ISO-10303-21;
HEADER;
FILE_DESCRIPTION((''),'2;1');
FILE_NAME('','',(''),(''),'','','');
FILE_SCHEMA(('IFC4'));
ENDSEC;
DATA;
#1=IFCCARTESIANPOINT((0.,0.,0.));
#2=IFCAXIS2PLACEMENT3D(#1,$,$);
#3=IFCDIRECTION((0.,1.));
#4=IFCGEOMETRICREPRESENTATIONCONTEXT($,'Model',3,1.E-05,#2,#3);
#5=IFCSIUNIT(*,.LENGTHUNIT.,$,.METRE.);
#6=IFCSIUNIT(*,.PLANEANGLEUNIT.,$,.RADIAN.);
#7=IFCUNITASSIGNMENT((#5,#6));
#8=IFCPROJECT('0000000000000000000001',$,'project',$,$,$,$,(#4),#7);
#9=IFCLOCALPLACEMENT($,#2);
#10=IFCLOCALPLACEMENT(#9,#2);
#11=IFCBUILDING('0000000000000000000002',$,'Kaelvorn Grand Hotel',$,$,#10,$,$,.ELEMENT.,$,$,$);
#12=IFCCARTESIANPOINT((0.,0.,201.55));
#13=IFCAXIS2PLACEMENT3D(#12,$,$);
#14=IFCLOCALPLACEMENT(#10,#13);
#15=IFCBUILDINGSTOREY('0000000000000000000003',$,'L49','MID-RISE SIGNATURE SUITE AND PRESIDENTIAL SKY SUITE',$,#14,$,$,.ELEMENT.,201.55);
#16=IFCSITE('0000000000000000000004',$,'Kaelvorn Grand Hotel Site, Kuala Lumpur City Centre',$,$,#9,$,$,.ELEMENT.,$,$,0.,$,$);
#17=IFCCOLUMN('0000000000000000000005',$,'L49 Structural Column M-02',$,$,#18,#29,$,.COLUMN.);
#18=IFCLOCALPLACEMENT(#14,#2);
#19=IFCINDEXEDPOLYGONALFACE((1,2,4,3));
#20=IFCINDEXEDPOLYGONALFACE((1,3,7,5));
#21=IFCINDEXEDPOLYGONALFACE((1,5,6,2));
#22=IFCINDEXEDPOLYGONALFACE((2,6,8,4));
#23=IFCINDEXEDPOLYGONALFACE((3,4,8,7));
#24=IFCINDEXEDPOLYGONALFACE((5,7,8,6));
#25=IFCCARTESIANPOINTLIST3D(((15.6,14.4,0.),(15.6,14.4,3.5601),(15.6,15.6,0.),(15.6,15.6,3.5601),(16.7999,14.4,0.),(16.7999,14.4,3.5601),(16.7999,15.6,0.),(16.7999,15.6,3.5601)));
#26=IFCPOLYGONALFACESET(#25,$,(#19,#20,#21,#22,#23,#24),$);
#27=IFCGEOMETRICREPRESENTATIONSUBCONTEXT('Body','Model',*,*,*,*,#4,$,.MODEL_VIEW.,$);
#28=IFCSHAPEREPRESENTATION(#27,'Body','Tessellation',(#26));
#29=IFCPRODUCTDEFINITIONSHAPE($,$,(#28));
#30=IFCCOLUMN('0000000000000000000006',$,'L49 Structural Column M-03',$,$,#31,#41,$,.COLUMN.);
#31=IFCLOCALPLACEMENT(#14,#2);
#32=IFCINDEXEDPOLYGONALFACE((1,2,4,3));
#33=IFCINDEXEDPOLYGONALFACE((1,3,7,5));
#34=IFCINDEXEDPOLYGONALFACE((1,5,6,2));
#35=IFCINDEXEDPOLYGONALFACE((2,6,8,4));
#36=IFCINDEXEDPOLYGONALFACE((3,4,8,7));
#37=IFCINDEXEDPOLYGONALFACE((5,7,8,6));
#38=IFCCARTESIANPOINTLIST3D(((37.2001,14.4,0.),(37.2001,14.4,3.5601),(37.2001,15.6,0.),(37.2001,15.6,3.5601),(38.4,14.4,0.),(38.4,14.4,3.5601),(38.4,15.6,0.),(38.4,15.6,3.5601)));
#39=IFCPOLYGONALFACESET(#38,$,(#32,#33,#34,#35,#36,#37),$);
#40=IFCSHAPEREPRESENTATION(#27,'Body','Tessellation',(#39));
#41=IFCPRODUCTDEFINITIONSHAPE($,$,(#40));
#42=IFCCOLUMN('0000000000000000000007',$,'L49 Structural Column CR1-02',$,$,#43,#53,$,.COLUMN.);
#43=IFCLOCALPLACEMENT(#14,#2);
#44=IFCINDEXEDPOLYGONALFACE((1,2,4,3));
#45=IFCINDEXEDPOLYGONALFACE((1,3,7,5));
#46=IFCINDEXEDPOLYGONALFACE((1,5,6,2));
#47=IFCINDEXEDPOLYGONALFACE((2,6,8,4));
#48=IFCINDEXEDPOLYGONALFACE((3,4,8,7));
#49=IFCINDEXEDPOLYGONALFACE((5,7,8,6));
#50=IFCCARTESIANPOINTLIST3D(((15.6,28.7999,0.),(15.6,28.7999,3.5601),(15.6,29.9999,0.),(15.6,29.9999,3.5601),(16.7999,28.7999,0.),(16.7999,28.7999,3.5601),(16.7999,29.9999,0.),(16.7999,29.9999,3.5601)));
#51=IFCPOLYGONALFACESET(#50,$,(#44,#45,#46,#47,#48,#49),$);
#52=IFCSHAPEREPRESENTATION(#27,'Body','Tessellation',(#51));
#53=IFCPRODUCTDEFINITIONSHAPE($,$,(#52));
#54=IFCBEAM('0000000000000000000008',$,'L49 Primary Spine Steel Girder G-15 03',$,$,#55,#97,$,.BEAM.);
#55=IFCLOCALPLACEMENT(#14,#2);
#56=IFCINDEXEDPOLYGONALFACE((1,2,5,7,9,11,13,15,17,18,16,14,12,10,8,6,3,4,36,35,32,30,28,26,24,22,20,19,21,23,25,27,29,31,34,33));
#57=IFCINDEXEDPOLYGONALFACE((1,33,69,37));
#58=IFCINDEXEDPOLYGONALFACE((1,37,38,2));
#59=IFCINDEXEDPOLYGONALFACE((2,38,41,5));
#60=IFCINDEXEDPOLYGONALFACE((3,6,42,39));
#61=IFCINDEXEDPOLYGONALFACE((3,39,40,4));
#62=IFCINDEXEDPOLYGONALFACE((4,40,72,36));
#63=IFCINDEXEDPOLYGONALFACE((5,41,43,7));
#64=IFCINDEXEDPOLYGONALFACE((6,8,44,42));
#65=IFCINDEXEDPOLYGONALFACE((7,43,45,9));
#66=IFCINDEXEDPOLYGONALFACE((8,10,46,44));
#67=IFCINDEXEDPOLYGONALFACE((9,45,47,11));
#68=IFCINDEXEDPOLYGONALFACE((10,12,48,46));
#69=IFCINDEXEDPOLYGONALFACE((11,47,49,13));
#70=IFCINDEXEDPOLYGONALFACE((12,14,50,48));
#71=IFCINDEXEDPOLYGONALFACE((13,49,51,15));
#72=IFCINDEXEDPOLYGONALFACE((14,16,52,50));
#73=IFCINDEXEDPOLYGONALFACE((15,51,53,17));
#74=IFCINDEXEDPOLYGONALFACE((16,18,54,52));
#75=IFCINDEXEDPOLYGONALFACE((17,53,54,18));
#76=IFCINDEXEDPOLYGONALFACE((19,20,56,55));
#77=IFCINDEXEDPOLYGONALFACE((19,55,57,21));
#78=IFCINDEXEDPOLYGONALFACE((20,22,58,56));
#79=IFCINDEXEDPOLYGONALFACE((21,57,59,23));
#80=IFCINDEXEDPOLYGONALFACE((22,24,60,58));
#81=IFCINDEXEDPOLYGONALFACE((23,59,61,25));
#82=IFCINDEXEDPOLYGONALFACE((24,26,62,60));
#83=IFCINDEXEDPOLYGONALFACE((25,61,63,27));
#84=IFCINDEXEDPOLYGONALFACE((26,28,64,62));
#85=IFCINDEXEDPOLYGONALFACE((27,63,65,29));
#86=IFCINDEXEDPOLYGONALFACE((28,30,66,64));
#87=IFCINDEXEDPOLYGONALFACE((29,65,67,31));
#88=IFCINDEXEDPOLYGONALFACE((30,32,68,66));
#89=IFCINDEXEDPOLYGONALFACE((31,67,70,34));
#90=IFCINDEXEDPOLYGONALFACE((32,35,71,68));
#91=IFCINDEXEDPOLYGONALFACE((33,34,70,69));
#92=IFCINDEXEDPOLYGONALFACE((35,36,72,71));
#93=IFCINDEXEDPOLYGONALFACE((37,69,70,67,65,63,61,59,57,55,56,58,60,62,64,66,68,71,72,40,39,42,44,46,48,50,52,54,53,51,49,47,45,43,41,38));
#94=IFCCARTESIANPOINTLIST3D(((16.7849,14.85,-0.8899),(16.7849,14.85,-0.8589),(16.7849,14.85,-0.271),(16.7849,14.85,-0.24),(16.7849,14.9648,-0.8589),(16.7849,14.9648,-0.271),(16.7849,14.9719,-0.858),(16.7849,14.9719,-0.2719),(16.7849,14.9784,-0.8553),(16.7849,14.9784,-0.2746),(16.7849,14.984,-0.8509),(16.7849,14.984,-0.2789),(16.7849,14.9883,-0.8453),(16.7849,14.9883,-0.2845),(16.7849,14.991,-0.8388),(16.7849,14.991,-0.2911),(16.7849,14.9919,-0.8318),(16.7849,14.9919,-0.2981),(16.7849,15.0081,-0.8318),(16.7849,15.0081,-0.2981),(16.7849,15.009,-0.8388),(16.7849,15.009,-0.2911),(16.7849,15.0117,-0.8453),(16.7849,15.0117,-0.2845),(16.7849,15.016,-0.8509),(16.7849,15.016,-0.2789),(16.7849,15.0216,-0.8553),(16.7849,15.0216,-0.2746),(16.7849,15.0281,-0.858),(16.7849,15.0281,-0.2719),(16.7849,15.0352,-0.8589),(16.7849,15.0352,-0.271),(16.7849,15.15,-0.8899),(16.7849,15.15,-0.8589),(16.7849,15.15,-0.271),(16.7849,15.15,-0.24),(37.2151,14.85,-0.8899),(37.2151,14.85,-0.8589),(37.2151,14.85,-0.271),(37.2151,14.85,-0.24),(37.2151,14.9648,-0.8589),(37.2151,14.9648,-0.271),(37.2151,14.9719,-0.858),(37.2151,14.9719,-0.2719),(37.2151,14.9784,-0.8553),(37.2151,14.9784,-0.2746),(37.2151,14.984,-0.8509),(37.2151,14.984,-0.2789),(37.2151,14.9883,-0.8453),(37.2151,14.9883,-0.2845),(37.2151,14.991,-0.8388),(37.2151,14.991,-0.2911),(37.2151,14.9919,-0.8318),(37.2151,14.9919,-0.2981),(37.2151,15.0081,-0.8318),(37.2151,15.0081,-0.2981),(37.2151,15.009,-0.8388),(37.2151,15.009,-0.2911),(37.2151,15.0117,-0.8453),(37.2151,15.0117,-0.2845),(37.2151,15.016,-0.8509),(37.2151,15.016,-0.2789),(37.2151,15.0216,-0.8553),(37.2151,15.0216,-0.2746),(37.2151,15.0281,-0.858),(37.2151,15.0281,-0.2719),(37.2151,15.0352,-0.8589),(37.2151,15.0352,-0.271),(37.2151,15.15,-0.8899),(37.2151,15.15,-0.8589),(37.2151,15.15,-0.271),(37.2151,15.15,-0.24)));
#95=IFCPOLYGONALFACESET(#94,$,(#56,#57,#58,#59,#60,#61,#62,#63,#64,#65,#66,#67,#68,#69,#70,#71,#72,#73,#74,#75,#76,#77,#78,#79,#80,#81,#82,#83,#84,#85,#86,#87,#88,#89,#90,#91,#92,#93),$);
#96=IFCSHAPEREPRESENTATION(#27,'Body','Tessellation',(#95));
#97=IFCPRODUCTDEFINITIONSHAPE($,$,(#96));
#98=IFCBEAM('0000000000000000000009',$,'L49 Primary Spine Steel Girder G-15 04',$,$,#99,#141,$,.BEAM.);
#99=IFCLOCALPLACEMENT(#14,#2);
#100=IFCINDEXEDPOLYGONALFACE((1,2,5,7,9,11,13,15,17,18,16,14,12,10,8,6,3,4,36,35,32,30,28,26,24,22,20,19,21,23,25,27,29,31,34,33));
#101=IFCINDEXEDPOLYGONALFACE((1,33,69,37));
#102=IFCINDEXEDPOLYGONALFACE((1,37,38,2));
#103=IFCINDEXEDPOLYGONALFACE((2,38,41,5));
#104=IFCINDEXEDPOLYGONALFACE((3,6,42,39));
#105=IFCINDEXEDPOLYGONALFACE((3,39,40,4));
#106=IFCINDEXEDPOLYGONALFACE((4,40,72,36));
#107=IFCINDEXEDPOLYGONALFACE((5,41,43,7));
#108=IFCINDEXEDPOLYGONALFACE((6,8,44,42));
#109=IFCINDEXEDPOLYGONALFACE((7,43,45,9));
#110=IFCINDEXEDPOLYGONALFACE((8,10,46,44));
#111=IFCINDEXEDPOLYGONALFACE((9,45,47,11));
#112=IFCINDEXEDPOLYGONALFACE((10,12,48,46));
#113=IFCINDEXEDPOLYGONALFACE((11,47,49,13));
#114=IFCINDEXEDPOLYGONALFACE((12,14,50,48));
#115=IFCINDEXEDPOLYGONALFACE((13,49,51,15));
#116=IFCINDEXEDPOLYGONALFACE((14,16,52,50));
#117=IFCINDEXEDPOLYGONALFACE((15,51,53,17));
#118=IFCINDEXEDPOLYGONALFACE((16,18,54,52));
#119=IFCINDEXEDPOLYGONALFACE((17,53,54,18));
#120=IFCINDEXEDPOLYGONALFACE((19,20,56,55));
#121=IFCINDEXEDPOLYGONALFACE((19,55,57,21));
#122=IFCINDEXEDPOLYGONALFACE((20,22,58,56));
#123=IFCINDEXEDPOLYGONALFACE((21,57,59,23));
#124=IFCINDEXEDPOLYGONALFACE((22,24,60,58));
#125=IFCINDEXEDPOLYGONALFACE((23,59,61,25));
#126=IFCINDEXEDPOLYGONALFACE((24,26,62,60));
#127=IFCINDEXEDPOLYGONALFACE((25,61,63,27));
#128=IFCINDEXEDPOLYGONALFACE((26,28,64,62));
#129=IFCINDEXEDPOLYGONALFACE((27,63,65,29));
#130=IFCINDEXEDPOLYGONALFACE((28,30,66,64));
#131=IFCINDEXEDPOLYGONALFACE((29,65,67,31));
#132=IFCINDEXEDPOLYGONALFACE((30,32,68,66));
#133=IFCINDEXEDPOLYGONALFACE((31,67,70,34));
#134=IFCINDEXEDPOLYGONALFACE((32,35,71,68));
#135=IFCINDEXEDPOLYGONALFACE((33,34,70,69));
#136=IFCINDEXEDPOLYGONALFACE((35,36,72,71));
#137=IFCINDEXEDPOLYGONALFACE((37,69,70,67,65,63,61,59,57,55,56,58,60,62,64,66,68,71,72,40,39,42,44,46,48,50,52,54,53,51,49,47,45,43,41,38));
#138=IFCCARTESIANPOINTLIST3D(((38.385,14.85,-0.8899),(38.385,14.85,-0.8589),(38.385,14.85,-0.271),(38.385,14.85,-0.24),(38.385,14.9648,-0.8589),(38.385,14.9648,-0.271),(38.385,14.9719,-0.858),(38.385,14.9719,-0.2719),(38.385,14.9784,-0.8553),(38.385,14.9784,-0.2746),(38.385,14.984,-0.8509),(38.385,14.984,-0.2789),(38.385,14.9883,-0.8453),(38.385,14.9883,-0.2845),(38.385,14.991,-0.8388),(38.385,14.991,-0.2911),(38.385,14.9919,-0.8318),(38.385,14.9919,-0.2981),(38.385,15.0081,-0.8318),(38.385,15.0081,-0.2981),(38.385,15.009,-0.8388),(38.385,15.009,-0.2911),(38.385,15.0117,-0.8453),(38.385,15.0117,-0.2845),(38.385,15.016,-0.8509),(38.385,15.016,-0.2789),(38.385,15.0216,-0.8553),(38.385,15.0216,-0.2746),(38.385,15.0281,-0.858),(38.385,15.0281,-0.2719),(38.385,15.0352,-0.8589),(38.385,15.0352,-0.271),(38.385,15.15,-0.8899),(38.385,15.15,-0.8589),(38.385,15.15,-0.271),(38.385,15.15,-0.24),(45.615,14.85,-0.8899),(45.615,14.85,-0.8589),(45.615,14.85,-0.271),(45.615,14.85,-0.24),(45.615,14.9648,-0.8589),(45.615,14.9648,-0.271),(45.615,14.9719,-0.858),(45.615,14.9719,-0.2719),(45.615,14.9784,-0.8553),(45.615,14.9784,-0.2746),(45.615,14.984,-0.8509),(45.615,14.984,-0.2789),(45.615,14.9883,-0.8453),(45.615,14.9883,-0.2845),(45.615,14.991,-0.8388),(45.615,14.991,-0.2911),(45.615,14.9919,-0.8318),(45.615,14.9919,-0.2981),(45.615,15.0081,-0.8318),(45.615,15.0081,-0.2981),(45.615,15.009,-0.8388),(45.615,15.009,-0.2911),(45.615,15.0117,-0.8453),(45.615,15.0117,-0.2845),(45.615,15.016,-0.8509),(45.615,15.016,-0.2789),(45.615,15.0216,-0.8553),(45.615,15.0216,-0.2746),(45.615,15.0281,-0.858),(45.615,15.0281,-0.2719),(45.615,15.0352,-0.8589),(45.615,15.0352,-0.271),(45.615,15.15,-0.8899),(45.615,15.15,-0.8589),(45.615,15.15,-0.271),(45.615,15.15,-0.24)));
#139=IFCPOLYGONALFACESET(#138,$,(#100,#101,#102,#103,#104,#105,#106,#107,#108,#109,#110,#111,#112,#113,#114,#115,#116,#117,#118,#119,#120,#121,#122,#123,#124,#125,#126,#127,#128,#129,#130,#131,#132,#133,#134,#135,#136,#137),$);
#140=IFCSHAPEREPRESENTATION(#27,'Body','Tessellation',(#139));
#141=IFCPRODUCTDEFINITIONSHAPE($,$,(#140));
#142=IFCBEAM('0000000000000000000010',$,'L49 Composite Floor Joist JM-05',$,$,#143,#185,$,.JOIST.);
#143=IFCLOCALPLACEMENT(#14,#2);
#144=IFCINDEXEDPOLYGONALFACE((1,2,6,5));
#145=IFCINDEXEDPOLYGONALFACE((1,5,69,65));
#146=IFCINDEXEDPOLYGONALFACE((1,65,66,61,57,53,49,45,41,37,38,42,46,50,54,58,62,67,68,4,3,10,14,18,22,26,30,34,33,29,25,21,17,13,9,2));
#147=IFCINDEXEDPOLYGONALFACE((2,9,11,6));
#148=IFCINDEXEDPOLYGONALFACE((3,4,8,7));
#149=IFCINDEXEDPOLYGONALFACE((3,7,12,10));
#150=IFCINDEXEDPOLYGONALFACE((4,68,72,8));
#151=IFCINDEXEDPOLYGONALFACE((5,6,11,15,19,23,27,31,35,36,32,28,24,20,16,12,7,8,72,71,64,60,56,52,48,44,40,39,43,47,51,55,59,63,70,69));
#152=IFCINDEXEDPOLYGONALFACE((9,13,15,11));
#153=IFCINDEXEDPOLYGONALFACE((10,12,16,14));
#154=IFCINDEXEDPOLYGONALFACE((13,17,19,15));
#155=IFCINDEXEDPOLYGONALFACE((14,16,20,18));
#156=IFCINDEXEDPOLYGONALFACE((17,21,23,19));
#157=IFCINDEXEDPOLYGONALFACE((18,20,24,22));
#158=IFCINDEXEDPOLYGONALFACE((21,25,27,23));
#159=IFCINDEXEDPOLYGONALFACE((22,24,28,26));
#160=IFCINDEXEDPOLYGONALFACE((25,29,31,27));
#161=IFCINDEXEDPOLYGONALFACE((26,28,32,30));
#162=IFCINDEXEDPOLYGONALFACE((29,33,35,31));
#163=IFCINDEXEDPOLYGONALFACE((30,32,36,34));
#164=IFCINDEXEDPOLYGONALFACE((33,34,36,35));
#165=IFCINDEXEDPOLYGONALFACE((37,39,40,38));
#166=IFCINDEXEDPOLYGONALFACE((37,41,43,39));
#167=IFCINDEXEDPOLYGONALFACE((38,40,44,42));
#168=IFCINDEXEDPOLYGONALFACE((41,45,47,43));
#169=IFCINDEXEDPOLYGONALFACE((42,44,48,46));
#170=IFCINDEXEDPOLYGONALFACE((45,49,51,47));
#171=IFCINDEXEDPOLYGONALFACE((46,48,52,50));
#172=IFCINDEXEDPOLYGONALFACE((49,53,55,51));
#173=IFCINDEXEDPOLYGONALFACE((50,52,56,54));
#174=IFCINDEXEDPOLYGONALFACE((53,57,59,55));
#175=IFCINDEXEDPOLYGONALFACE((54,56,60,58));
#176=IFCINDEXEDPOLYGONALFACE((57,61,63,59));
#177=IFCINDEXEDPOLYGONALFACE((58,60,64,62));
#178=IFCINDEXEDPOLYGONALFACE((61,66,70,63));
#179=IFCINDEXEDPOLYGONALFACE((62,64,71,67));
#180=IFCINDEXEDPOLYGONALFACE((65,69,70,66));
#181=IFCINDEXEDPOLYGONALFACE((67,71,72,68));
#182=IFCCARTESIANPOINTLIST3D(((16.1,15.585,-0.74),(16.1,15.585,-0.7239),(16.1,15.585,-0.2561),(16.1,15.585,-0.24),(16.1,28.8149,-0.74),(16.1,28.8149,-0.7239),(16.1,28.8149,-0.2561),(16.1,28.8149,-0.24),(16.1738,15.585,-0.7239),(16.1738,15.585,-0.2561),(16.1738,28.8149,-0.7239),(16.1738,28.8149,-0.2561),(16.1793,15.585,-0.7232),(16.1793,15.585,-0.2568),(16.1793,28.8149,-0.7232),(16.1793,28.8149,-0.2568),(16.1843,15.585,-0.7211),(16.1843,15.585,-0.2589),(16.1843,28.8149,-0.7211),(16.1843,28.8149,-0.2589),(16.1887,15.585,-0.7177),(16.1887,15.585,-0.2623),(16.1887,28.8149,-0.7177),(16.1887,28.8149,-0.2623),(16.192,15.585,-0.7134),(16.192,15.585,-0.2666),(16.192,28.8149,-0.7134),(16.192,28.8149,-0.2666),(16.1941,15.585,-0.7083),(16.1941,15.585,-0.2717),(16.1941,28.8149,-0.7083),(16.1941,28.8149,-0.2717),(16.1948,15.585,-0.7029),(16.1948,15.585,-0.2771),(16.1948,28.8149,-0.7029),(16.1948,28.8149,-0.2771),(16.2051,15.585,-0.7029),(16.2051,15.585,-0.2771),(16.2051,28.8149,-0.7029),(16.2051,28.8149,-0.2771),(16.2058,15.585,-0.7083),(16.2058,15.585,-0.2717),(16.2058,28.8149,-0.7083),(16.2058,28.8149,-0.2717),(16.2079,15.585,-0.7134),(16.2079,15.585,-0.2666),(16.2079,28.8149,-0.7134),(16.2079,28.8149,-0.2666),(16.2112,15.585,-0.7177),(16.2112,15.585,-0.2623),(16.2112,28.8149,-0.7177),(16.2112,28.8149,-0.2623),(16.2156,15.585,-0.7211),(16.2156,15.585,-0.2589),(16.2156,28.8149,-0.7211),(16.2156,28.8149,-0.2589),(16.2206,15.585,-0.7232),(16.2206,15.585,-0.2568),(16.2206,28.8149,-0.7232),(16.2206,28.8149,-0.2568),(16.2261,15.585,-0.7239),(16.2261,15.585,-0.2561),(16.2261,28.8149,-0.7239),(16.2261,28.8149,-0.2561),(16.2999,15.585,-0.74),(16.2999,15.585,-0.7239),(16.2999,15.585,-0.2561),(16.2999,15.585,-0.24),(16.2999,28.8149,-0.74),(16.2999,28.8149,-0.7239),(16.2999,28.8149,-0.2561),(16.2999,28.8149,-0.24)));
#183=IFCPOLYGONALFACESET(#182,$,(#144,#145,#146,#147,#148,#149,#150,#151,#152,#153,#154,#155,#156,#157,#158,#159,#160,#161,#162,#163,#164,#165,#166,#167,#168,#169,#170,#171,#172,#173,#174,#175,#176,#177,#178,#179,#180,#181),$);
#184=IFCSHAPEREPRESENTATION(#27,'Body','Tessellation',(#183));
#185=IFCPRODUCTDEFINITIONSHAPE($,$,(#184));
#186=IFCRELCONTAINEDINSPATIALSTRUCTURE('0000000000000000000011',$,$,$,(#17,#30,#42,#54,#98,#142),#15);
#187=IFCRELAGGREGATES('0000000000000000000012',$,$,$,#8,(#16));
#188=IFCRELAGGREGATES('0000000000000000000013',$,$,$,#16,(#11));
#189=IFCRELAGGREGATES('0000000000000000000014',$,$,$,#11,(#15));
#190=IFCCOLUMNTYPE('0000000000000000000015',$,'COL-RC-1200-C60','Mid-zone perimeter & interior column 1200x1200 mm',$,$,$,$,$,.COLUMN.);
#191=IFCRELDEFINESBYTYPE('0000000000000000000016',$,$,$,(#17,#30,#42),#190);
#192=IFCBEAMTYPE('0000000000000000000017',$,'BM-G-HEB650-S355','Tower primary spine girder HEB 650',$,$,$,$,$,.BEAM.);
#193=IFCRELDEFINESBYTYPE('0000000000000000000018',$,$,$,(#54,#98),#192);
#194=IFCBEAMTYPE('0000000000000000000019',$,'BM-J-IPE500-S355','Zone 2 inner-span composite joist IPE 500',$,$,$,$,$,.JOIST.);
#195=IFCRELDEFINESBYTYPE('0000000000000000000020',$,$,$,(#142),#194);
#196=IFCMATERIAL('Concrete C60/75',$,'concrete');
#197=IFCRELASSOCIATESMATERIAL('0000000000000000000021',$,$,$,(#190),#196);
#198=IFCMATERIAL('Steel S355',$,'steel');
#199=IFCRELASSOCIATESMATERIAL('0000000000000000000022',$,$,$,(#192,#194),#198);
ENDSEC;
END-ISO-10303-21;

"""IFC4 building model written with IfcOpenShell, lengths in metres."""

from ifc_helpers import new_model, si_unit, direction, frame, origin, origin_2d, place, context, subcontext, project, spatial, rectangle, i_section, extrude, material, material_profile, profile_set, type_object, element, save


model = new_model("IFC4")

# Units and contexts
model_context = context("Model", 3, precision=1e-05, world=origin(), true_north=direction((0.0, 1.0)))
body_context = subcontext(model_context, "Body", "Model", "MODEL_VIEW")
ifc_project = project(units=[si_unit("LENGTHUNIT", "METRE"), si_unit("PLANEANGLEUNIT", "RADIAN")], contexts=[model_context])

# Site, building, storey
site_placement = place(None, origin())
site = spatial("IfcSite", under=ifc_project, at=site_placement, Name="Kaelvorn Grand Hotel Site, Kuala Lumpur City Centre", CompositionType="ELEMENT", RefElevation=0.0)
building_placement = place(site_placement, origin())
building = spatial("IfcBuilding", under=site, at=building_placement, Name="Kaelvorn Grand Hotel", CompositionType="ELEMENT")
storey_placement = place(building_placement, frame((0.0, 0.0, 201.55)))
storey = spatial("IfcBuildingStorey", under=building, at=storey_placement, Name="L49", Description="MID-RISE SIGNATURE SUITE AND PRESIDENTIAL SKY SUITE", CompositionType="ELEMENT", Elevation=201.55)

# Columns
ifc_material_1 = material(Name="Concrete C60/75", Category="concrete")
ifc_material_profile_1 = material_profile(ifc_material_1, rectangle(XDim=1.2, YDim=1.2, at=origin_2d()), Name="RC COL 1200x1200")
ifc_profile_set_1 = profile_set([ifc_material_profile_1], Name="Concrete C60/75")
column_type = type_object("IfcColumnType", Name="COL-RC-1200-C60", Description="Mid-zone perimeter & interior column 1200x1200 mm", PredefinedType="COLUMN", material=ifc_profile_set_1)
for number, where, z_axis, x_axis, name in (
    (1, (16.2, 15.0, 0.0), (0.0, 0.0, 1.0), (1.0, 0.0, 0.0), "L49 Structural Column M-02"),
    (2, (37.8, 15.0, 0.0), (0.0, 0.0, 1.0), (1.0, 0.0, 0.0), "L49 Structural Column M-03"),
    (3, (16.2, 29.3999, 0.0), (0.0, 0.0, 1.0), (1.0, 0.0, 0.0), "L49 Structural Column CR1-02"),
):
    element("IfcColumn", number, at=place(storey_placement, frame(where, z_axis=z_axis, x_axis=x_axis)), inside=storey, type_object=column_type, Name=name, PredefinedType="COLUMN", context=body_context, shape_type="SweptSolid", body=[
        extrude(rectangle(XDim=1.2, YDim=1.2, at=origin_2d()), origin(), (0.0, 0.0, 1.0), 3.5601),
    ])

# Beams
ifc_material_2 = material(Name="Steel S355", Category="steel")
ifc_material_profile_2 = material_profile(ifc_material_2, i_section(OverallWidth=0.3, OverallDepth=0.6499, WebThickness=0.0161, FlangeThickness=0.031, FilletRadius=0.0271, at=origin_2d()), Name="HEB 650")
ifc_profile_set_2 = profile_set([ifc_material_profile_2], Name="Steel S355")
beam_type_1 = type_object("IfcBeamType", Name="BM-G-HEB650-S355", Description="Tower primary spine girder HEB 650", PredefinedType="BEAM", material=ifc_profile_set_2)
beam_1_placement = place(storey_placement, frame((16.7849, 15.0, -0.5649), z_axis=(1.0, 0.0, 0.0), x_axis=(0.0, 1.0, 0.0)))
element("IfcBeam", 4, at=beam_1_placement, inside=storey, type_object=beam_type_1, Name="L49 Primary Spine Steel Girder G-15 03", PredefinedType="BEAM", context=body_context, shape_type="SweptSolid", body=[
    extrude(i_section(OverallWidth=0.3, OverallDepth=0.6499, WebThickness=0.0161, FlangeThickness=0.031, FilletRadius=0.0271, at=origin_2d()), origin(), (0.0, 0.0, 1.0), 20.4302),
])
beam_2_placement = place(storey_placement, frame((38.385, 15.0, -0.5649), z_axis=(1.0, 0.0, 0.0), x_axis=(0.0, 1.0, 0.0)))
element("IfcBeam", 5, at=beam_2_placement, inside=storey, type_object=beam_type_1, Name="L49 Primary Spine Steel Girder G-15 04", PredefinedType="BEAM", context=body_context, shape_type="SweptSolid", body=[
    extrude(i_section(OverallWidth=0.3, OverallDepth=0.6499, WebThickness=0.0161, FlangeThickness=0.031, FilletRadius=0.0271, at=origin_2d()), origin(), (0.0, 0.0, 1.0), 7.23),
])
ifc_material_profile_3 = material_profile(ifc_material_2, i_section(OverallWidth=0.2, OverallDepth=0.5, WebThickness=0.0103, FlangeThickness=0.0161, FilletRadius=0.021, at=origin_2d()), Name="IPE 500")
ifc_profile_set_3 = profile_set([ifc_material_profile_3], Name="Steel S355")
beam_type_2 = type_object("IfcBeamType", Name="BM-J-IPE500-S355", Description="Zone 2 inner-span composite joist IPE 500", PredefinedType="JOIST", material=ifc_profile_set_3)
beam_3_placement = place(storey_placement, frame((16.2, 15.585, -0.49), z_axis=(0.0, 1.0, 0.0), x_axis=(-1.0, 0.0, 0.0)))
element("IfcBeam", 6, at=beam_3_placement, inside=storey, type_object=beam_type_2, Name="L49 Composite Floor Joist JM-05", PredefinedType="JOIST", context=body_context, shape_type="SweptSolid", body=[
    extrude(i_section(OverallWidth=0.2, OverallDepth=0.5, WebThickness=0.0103, FlangeThickness=0.0161, FilletRadius=0.021, at=origin_2d()), origin(), (0.0, 0.0, 1.0), 13.23),
])

save(model, "model.ifc")
